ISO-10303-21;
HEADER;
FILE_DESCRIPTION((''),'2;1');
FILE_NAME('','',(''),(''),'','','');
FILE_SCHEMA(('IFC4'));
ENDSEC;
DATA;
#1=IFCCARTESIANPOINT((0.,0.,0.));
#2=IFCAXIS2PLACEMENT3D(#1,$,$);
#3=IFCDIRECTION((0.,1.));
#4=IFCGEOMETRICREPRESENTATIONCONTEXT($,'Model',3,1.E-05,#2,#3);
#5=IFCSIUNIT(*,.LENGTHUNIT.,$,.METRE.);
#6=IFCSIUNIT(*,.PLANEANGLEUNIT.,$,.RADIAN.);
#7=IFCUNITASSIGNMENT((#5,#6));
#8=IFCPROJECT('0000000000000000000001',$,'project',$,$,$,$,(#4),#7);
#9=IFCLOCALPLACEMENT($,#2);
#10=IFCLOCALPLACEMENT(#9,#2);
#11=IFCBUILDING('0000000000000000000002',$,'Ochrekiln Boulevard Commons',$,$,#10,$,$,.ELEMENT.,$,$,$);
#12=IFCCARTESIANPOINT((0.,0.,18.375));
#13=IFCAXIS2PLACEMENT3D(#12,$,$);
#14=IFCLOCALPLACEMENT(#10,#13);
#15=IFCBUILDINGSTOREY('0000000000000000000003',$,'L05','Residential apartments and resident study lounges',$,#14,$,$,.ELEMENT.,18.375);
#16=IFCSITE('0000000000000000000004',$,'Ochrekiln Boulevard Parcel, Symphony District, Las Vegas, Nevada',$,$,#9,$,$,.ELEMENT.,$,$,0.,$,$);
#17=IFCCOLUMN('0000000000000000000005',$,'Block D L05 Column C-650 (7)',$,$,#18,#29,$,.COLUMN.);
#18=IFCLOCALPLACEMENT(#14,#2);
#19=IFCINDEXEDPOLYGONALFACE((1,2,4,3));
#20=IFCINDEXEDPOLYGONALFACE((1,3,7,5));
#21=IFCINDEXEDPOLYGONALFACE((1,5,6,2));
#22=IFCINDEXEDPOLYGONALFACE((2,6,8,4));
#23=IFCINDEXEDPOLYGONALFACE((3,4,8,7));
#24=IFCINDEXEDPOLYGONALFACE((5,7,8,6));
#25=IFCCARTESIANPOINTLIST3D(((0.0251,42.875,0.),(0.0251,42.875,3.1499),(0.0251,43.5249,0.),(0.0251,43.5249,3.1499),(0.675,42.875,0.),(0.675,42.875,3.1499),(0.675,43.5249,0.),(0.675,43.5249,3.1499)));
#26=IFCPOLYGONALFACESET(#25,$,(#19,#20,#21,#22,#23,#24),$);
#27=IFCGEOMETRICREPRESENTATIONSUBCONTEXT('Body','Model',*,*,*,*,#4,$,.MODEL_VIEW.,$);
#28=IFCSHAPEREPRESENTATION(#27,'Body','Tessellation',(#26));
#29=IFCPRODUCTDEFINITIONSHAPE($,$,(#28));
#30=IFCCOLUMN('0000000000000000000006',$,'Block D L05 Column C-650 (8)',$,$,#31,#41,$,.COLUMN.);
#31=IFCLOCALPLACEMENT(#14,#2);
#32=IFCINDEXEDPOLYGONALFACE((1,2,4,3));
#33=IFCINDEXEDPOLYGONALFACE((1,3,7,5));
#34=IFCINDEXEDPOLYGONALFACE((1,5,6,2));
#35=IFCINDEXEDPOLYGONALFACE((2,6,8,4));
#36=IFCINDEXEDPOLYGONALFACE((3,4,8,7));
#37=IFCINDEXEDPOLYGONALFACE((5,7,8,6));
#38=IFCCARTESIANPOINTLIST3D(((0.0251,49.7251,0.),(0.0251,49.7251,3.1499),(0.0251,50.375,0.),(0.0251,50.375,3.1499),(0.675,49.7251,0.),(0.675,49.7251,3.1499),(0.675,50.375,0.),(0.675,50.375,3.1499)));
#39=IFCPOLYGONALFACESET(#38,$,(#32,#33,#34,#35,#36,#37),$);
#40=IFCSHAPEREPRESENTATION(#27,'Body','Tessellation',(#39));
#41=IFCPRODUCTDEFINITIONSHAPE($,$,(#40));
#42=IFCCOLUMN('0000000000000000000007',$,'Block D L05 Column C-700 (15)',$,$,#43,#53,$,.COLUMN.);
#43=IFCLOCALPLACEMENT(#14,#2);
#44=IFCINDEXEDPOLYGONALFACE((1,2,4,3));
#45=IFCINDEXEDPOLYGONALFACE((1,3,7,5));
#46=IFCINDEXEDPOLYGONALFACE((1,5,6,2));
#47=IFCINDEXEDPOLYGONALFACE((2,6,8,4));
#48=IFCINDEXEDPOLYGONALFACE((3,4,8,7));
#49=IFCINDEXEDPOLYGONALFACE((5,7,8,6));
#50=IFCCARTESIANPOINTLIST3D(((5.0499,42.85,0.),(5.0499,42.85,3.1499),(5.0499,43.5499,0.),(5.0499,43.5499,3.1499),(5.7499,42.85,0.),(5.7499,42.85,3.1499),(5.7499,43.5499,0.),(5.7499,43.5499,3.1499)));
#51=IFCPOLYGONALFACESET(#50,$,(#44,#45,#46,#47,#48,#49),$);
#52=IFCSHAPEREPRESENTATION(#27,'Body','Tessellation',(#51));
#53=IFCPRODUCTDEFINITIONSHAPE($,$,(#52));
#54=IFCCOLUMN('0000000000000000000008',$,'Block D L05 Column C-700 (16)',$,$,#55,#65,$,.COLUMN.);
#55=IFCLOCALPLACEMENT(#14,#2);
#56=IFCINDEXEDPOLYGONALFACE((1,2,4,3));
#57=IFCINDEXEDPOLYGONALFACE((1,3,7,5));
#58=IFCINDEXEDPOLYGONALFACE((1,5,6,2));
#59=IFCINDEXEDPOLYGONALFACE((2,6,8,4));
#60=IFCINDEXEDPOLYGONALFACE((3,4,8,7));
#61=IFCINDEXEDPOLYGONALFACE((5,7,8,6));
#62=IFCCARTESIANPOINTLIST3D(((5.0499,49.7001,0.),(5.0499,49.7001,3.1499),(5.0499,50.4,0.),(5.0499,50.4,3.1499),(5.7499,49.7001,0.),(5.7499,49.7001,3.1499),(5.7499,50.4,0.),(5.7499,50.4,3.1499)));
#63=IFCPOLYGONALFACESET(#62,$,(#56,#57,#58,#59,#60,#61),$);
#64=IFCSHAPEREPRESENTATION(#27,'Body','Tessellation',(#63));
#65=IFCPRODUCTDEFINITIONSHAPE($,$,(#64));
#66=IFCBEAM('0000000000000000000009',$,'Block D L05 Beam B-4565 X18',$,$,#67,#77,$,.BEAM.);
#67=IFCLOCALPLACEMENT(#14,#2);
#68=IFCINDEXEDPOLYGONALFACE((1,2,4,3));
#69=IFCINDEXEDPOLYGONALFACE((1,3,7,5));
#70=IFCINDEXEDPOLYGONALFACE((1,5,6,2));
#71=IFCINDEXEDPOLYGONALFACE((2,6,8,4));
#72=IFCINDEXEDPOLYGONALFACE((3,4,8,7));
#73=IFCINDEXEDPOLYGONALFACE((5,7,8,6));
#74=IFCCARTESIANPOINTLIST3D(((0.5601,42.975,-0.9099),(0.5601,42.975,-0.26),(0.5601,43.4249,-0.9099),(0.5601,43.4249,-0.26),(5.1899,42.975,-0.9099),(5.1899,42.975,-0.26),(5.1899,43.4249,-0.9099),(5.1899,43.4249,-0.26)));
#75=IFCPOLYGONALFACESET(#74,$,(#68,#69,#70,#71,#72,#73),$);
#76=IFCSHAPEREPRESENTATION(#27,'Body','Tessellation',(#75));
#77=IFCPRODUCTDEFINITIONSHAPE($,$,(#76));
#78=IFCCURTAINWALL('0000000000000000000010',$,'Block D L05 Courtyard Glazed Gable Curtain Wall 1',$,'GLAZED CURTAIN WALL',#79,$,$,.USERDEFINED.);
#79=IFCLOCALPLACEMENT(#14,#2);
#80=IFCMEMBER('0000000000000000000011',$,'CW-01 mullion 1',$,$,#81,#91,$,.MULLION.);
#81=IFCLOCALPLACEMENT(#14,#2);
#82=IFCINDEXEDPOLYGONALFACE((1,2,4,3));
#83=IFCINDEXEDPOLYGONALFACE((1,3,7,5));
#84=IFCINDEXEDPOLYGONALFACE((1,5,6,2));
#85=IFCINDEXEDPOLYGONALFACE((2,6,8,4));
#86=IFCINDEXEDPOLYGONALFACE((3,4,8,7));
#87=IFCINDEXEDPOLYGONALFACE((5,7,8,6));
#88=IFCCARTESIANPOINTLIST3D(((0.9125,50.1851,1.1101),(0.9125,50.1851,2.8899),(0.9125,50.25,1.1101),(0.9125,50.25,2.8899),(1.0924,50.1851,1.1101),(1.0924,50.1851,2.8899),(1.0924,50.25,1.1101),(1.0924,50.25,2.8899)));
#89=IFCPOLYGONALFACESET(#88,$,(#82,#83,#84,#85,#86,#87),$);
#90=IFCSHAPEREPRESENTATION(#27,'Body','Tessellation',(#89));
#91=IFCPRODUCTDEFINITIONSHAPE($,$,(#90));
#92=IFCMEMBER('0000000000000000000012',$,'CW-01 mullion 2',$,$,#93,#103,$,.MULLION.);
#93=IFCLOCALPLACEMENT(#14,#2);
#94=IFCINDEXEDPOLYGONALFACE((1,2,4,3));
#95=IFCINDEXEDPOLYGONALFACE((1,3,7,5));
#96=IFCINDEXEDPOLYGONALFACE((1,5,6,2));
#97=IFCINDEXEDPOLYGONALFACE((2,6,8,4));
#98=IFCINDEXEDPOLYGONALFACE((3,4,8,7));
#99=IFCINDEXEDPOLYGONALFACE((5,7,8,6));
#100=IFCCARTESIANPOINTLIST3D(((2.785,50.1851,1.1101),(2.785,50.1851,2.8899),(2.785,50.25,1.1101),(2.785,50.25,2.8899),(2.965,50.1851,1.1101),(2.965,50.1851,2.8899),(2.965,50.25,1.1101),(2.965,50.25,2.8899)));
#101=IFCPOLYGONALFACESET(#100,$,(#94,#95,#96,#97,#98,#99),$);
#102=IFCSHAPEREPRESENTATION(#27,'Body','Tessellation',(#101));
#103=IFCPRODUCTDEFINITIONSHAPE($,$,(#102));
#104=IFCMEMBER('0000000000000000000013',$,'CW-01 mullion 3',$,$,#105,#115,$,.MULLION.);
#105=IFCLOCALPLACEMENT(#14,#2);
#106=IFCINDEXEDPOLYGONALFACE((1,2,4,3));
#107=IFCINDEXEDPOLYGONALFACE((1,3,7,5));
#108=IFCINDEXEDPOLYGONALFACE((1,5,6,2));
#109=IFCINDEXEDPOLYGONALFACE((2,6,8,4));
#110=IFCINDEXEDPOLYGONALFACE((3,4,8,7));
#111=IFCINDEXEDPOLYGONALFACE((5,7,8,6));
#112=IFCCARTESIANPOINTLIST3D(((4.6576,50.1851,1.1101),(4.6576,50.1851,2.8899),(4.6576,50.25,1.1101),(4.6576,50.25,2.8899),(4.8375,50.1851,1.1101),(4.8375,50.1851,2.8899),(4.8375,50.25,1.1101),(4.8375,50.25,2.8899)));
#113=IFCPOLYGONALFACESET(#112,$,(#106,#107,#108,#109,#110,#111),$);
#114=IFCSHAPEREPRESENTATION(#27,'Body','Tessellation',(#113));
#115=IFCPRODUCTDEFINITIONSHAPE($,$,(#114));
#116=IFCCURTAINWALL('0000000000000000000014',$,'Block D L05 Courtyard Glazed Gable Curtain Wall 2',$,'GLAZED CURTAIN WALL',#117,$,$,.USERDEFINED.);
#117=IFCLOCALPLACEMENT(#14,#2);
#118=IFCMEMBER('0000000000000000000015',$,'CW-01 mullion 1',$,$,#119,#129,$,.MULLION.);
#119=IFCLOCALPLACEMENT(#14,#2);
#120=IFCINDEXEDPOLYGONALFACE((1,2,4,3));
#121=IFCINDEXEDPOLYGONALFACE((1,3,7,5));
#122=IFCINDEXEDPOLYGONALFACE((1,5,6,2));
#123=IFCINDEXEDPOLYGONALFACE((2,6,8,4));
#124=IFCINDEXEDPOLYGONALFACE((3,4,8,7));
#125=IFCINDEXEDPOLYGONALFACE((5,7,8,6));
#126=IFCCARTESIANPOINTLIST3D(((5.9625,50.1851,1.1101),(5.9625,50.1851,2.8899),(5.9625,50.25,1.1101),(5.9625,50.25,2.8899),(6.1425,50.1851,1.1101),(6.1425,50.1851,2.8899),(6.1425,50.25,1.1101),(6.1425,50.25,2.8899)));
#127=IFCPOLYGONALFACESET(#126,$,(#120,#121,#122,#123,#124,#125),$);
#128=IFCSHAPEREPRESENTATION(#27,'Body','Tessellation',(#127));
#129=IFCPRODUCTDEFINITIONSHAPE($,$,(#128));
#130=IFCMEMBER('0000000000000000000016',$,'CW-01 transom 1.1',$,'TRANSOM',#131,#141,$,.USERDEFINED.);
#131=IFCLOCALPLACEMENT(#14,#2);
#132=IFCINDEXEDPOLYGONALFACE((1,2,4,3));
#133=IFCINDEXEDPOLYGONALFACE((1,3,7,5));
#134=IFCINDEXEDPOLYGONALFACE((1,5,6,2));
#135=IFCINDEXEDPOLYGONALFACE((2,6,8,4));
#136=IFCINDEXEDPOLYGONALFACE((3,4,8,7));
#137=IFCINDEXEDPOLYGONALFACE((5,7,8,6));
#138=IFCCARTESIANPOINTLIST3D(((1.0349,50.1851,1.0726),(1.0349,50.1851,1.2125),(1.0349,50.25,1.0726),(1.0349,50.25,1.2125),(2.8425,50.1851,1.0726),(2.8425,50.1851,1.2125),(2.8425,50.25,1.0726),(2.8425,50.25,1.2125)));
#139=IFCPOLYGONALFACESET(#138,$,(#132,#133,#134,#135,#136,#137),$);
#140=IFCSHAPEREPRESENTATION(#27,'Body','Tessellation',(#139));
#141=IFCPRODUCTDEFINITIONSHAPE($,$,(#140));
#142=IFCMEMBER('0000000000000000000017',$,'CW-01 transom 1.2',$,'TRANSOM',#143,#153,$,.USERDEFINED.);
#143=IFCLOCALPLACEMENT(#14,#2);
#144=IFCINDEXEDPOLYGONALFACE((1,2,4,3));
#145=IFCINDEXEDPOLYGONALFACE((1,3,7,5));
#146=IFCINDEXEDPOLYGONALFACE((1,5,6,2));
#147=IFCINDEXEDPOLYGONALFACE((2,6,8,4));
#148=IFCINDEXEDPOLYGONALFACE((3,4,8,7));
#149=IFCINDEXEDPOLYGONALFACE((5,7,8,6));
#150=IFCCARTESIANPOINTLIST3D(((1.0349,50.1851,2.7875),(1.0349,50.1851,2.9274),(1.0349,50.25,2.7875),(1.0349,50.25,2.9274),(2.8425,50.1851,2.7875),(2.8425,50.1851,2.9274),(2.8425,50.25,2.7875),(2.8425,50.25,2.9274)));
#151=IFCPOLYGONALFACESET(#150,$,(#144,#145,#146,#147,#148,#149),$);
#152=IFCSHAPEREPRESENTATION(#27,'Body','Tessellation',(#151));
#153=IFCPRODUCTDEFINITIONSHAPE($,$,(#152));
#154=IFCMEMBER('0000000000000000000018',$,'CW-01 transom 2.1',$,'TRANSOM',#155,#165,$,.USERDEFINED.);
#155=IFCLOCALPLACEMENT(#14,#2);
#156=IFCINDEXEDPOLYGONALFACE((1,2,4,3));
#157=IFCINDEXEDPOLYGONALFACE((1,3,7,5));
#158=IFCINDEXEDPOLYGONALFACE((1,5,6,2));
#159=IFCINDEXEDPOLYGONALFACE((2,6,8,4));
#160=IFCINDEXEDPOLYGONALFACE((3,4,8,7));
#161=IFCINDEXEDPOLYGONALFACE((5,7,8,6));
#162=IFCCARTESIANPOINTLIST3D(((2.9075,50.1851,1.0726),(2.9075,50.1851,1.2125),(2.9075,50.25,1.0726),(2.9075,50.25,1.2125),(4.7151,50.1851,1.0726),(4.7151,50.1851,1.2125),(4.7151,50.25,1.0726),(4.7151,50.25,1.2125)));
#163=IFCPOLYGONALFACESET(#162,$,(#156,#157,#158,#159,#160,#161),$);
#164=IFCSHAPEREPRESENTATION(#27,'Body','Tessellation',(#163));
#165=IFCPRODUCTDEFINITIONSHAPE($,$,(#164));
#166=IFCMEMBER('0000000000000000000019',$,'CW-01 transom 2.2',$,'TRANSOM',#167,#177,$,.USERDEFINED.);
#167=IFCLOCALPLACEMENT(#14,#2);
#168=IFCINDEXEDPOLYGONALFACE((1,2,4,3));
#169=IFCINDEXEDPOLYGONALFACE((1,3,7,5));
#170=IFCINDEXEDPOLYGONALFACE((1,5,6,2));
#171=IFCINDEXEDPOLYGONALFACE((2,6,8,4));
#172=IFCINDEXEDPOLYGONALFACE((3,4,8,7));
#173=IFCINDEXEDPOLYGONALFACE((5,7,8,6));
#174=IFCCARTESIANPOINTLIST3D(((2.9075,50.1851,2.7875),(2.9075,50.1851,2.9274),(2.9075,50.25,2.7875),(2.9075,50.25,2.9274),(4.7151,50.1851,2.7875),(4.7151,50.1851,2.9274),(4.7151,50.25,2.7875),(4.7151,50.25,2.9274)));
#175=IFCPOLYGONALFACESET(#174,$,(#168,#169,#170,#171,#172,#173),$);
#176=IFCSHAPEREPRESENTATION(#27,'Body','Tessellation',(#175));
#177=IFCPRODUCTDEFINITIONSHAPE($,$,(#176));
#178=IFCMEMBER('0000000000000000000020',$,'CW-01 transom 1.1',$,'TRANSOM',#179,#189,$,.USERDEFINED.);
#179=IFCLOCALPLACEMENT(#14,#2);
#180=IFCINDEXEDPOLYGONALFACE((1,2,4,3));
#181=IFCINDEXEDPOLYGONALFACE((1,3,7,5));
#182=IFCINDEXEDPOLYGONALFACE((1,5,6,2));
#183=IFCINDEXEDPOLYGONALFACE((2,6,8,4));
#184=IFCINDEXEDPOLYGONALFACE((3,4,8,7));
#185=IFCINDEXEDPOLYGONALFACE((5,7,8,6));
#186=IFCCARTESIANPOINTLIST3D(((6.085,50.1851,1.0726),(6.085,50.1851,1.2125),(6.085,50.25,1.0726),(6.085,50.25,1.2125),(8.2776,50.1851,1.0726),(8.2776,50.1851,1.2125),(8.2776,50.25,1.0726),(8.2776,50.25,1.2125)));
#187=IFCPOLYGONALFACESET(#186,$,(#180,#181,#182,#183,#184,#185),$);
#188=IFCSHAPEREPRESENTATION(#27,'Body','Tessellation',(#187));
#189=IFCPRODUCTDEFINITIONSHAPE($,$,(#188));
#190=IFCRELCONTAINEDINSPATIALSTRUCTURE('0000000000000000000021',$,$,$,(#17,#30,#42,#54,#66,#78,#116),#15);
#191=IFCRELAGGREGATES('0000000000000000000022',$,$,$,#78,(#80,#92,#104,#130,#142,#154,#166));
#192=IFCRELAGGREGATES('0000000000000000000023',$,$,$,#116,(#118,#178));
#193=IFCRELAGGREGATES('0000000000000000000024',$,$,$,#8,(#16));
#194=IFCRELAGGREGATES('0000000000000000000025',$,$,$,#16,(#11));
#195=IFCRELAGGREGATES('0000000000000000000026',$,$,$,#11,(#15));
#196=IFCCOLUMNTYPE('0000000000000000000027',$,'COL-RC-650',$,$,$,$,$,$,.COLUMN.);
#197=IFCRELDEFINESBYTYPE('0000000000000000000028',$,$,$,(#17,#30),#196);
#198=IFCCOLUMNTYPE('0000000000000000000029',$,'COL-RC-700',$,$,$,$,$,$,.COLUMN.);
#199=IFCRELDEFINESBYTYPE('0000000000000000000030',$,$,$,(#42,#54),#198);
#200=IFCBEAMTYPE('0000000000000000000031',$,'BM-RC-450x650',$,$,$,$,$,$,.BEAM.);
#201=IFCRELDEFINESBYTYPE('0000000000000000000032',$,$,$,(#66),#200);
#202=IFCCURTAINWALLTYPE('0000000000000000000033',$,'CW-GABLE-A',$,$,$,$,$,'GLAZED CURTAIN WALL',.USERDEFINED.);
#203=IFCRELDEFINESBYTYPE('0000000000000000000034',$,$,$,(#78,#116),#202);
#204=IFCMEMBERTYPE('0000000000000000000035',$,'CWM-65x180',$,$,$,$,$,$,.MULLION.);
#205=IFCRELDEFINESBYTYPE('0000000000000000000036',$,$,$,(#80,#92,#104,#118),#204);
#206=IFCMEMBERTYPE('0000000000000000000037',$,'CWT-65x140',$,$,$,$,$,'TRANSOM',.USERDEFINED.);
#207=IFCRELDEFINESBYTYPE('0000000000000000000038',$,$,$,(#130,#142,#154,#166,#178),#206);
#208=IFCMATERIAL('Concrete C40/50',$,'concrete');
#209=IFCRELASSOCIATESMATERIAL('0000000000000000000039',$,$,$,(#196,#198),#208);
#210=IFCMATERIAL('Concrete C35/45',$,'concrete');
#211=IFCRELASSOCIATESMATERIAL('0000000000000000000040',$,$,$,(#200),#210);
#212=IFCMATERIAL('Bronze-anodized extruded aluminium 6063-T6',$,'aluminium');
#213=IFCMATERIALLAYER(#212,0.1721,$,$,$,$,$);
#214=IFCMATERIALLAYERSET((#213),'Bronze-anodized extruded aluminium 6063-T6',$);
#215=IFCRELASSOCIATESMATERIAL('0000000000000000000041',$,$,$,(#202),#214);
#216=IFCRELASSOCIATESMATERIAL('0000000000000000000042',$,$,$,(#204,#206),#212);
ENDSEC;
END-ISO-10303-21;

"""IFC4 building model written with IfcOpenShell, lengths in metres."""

from ifc_helpers import new_model, si_unit, direction, frame, origin, origin_2d, place, context, subcontext, project, spatial, rectangle, extrude, material, layer, layer_set, material_profile, profile_set, type_object, element, aggregate, save


model = new_model("IFC4")

# Units and contexts
model_context = context("Model", 3, precision=1e-05, world=origin(), true_north=direction((0.0, 1.0)))
body_context = subcontext(model_context, "Body", "Model", "MODEL_VIEW")
ifc_project = project(units=[si_unit("LENGTHUNIT", "METRE"), si_unit("PLANEANGLEUNIT", "RADIAN")], contexts=[model_context])

# Site, building, storey
site_placement = place(None, origin())
site = spatial("IfcSite", under=ifc_project, at=site_placement, Name="Ochrekiln Boulevard Parcel, Symphony District, Las Vegas, Nevada", CompositionType="ELEMENT", RefElevation=0.0)
building_placement = place(site_placement, origin())
building = spatial("IfcBuilding", under=site, at=building_placement, Name="Ochrekiln Boulevard Commons", CompositionType="ELEMENT")
storey_placement = place(building_placement, frame((0.0, 0.0, 18.375)))
storey = spatial("IfcBuildingStorey", under=building, at=storey_placement, Name="L05", Description="Residential apartments and resident study lounges", CompositionType="ELEMENT", Elevation=18.375)

# Columns
ifc_material_1 = material(Name="Concrete C40/50", Category="concrete")
ifc_material_profile_1 = material_profile(ifc_material_1, rectangle(XDim=0.6499, YDim=0.6499, at=origin_2d()), Name="RC-COL-650x650")
ifc_profile_set_1 = profile_set([ifc_material_profile_1], Name="Concrete C40/50")
column_type_1 = type_object("IfcColumnType", Name="COL-RC-650", PredefinedType="COLUMN", material=ifc_profile_set_1)
for number, where, z_axis, x_axis, name in (
    (1, (0.3501, 43.2, 0.0), (0.0, 0.0, 1.0), (1.0, 0.0, 0.0), "Block D L05 Column C-650 (7)"),
    (2, (0.3501, 50.05, 0.0), (0.0, 0.0, 1.0), (1.0, 0.0, 0.0), "Block D L05 Column C-650 (8)"),
):
    element("IfcColumn", number, at=place(storey_placement, frame(where, z_axis=z_axis, x_axis=x_axis)), inside=storey, type_object=column_type_1, Name=name, PredefinedType="COLUMN", context=body_context, shape_type="SweptSolid", body=[
        extrude(rectangle(XDim=0.6499, YDim=0.6499, at=origin_2d()), origin(), (0.0, 0.0, 1.0), 3.1499),
    ])
ifc_material_profile_2 = material_profile(ifc_material_1, rectangle(XDim=0.7, YDim=0.7, at=origin_2d()), Name="RC-COL-700x700")
ifc_profile_set_2 = profile_set([ifc_material_profile_2], Name="Concrete C40/50")
column_type_2 = type_object("IfcColumnType", Name="COL-RC-700", PredefinedType="COLUMN", material=ifc_profile_set_2)
for number, where, z_axis, x_axis, name in (
    (3, (5.3999, 43.2, 0.0), (0.0, 0.0, 1.0), (1.0, 0.0, 0.0), "Block D L05 Column C-700 (15)"),
    (4, (5.3999, 50.05, 0.0), (0.0, 0.0, 1.0), (1.0, 0.0, 0.0), "Block D L05 Column C-700 (16)"),
):
    element("IfcColumn", number, at=place(storey_placement, frame(where, z_axis=z_axis, x_axis=x_axis)), inside=storey, type_object=column_type_2, Name=name, PredefinedType="COLUMN", context=body_context, shape_type="SweptSolid", body=[
        extrude(rectangle(XDim=0.7, YDim=0.7, at=origin_2d()), origin(), (0.0, 0.0, 1.0), 3.1499),
    ])

# Beam
ifc_material_2 = material(Name="Concrete C35/45", Category="concrete")
ifc_material_profile_3 = material_profile(ifc_material_2, rectangle(XDim=0.45, YDim=0.6499, at=origin_2d()), Name="RC-BM-450x650")
ifc_profile_set_3 = profile_set([ifc_material_profile_3], Name="Concrete C35/45")
beam_type_1 = type_object("IfcBeamType", Name="BM-RC-450x650", PredefinedType="BEAM", material=ifc_profile_set_3)
beam_1_placement = place(storey_placement, frame((0.5601, 43.2, -0.585), z_axis=(1.0, 0.0, 0.0), x_axis=(0.0, 1.0, 0.0)))
element("IfcBeam", 5, at=beam_1_placement, inside=storey, type_object=beam_type_1, Name="Block D L05 Beam B-4565 X18", PredefinedType="BEAM", context=body_context, shape_type="SweptSolid", body=[
    extrude(rectangle(XDim=0.45, YDim=0.6499, at=origin_2d()), origin(), (0.0, 0.0, 1.0), 4.6299),
])

# Curtain wall, members
ifc_material_3 = material(Name="Bronze-anodized extruded aluminium 6063-T6", Category="aluminium")
ifc_layer_1 = layer(ifc_material_3, 0.1721)
ifc_layer_set_1 = layer_set([ifc_layer_1], Name="Bronze-anodized extruded aluminium 6063-T6")
curtain_wall_type = type_object("IfcCurtainWallType", Name="CW-GABLE-A", ElementType="GLAZED CURTAIN WALL", PredefinedType="USERDEFINED", material=ifc_layer_set_1)
curtain_wall_1_placement = place(storey_placement, origin())
curtain_wall_1 = element("IfcCurtainWall", 6, at=curtain_wall_1_placement, inside=storey, type_object=curtain_wall_type, Name="Block D L05 Courtyard Glazed Gable Curtain Wall 1", ObjectType="GLAZED CURTAIN WALL", PredefinedType="USERDEFINED")
ifc_material_profile_4 = material_profile(ifc_material_3, rectangle(XDim=0.0649, YDim=0.1799, at=origin_2d()), Name="ALU-MUL-65x180")
ifc_profile_set_4 = profile_set([ifc_material_profile_4], Name="Bronze-anodized extruded aluminium 6063-T6")
member_type_1 = type_object("IfcMemberType", Name="CWM-65x180", PredefinedType="MULLION", material=ifc_profile_set_4)
member_1_placement = place(storey_placement, frame((1.0024, 50.2175, 1.1101), z_axis=(0.0, 0.0, 1.0), x_axis=(0.0, 1.0, 0.0)))
member_1 = element("IfcMember", 7, at=member_1_placement, type_object=member_type_1, Name="CW-01 mullion 1", PredefinedType="MULLION", context=body_context, shape_type="SweptSolid", body=[
    extrude(rectangle(XDim=0.0649, YDim=0.1799, at=origin_2d()), origin(), (0.0, 0.0, 1.0), 1.7798),
])
member_2_placement = place(storey_placement, frame((2.875, 50.2175, 1.1101), z_axis=(0.0, 0.0, 1.0), x_axis=(0.0, 1.0, 0.0)))
member_2 = element("IfcMember", 8, at=member_2_placement, type_object=member_type_1, Name="CW-01 mullion 2", PredefinedType="MULLION", context=body_context, shape_type="SweptSolid", body=[
    extrude(rectangle(XDim=0.0649, YDim=0.1799, at=origin_2d()), origin(), (0.0, 0.0, 1.0), 1.7798),
])
member_3_placement = place(storey_placement, frame((4.7476, 50.2175, 1.1101), z_axis=(0.0, 0.0, 1.0), x_axis=(0.0, 1.0, 0.0)))
member_3 = element("IfcMember", 9, at=member_3_placement, type_object=member_type_1, Name="CW-01 mullion 3", PredefinedType="MULLION", context=body_context, shape_type="SweptSolid", body=[
    extrude(rectangle(XDim=0.0649, YDim=0.1799, at=origin_2d()), origin(), (0.0, 0.0, 1.0), 1.7798),
])

# Curtain wall, member
curtain_wall_2_placement = place(storey_placement, origin())
curtain_wall_2 = element("IfcCurtainWall", 10, at=curtain_wall_2_placement, inside=storey, type_object=curtain_wall_type, Name="Block D L05 Courtyard Glazed Gable Curtain Wall 2", ObjectType="GLAZED CURTAIN WALL", PredefinedType="USERDEFINED")
member_4_placement = place(storey_placement, frame((6.0525, 50.2175, 1.1101), z_axis=(0.0, 0.0, 1.0), x_axis=(0.0, 1.0, 0.0)))
member_4 = element("IfcMember", 11, at=member_4_placement, type_object=member_type_1, Name="CW-01 mullion 1", PredefinedType="MULLION", context=body_context, shape_type="SweptSolid", body=[
    extrude(rectangle(XDim=0.0649, YDim=0.1799, at=origin_2d()), origin(), (0.0, 0.0, 1.0), 1.7798),
])

# Members
ifc_material_profile_5 = material_profile(ifc_material_3, rectangle(XDim=0.0649, YDim=0.1399, at=origin_2d()), Name="ALU-TRN-65x140")
ifc_profile_set_5 = profile_set([ifc_material_profile_5], Name="Bronze-anodized extruded aluminium 6063-T6")
member_type_2 = type_object("IfcMemberType", Name="CWT-65x140", ElementType="TRANSOM", PredefinedType="USERDEFINED", material=ifc_profile_set_5)
member_5_placement = place(storey_placement, frame((1.0349, 50.2175, 1.1426), z_axis=(1.0, 0.0, 0.0), x_axis=(0.0, 1.0, 0.0)))
member_5 = element("IfcMember", 12, at=member_5_placement, type_object=member_type_2, Name="CW-01 transom 1.1", ObjectType="TRANSOM", PredefinedType="USERDEFINED", context=body_context, shape_type="SweptSolid", body=[
    extrude(rectangle(XDim=0.0649, YDim=0.1399, at=origin_2d()), origin(), (0.0, 0.0, 1.0), 1.8076),
])
member_6_placement = place(storey_placement, frame((1.0349, 50.2175, 2.8574), z_axis=(1.0, 0.0, 0.0), x_axis=(0.0, 1.0, 0.0)))
member_6 = element("IfcMember", 13, at=member_6_placement, type_object=member_type_2, Name="CW-01 transom 1.2", ObjectType="TRANSOM", PredefinedType="USERDEFINED", context=body_context, shape_type="SweptSolid", body=[
    extrude(rectangle(XDim=0.0649, YDim=0.1399, at=origin_2d()), origin(), (0.0, 0.0, 1.0), 1.8076),
])
member_7_placement = place(storey_placement, frame((2.9075, 50.2175, 1.1426), z_axis=(1.0, 0.0, 0.0), x_axis=(0.0, 1.0, 0.0)))
member_7 = element("IfcMember", 14, at=member_7_placement, type_object=member_type_2, Name="CW-01 transom 2.1", ObjectType="TRANSOM", PredefinedType="USERDEFINED", context=body_context, shape_type="SweptSolid", body=[
    extrude(rectangle(XDim=0.0649, YDim=0.1399, at=origin_2d()), origin(), (0.0, 0.0, 1.0), 1.8076),
])
member_8_placement = place(storey_placement, frame((2.9075, 50.2175, 2.8574), z_axis=(1.0, 0.0, 0.0), x_axis=(0.0, 1.0, 0.0)))
member_8 = element("IfcMember", 15, at=member_8_placement, type_object=member_type_2, Name="CW-01 transom 2.2", ObjectType="TRANSOM", PredefinedType="USERDEFINED", context=body_context, shape_type="SweptSolid", body=[
    extrude(rectangle(XDim=0.0649, YDim=0.1399, at=origin_2d()), origin(), (0.0, 0.0, 1.0), 1.8076),
])
member_9_placement = place(storey_placement, frame((6.085, 50.2175, 1.1426), z_axis=(1.0, 0.0, 0.0), x_axis=(0.0, 1.0, 0.0)))
member_9 = element("IfcMember", 16, at=member_9_placement, type_object=member_type_2, Name="CW-01 transom 1.1", ObjectType="TRANSOM", PredefinedType="USERDEFINED", context=body_context, shape_type="SweptSolid", body=[
    extrude(rectangle(XDim=0.0649, YDim=0.1399, at=origin_2d()), origin(), (0.0, 0.0, 1.0), 2.1926),
])

aggregate(curtain_wall_1, [member_1, member_2, member_3, member_5, member_6, member_7, member_8])
aggregate(curtain_wall_2, [member_4, member_9])

save(model, "model.ifc")
